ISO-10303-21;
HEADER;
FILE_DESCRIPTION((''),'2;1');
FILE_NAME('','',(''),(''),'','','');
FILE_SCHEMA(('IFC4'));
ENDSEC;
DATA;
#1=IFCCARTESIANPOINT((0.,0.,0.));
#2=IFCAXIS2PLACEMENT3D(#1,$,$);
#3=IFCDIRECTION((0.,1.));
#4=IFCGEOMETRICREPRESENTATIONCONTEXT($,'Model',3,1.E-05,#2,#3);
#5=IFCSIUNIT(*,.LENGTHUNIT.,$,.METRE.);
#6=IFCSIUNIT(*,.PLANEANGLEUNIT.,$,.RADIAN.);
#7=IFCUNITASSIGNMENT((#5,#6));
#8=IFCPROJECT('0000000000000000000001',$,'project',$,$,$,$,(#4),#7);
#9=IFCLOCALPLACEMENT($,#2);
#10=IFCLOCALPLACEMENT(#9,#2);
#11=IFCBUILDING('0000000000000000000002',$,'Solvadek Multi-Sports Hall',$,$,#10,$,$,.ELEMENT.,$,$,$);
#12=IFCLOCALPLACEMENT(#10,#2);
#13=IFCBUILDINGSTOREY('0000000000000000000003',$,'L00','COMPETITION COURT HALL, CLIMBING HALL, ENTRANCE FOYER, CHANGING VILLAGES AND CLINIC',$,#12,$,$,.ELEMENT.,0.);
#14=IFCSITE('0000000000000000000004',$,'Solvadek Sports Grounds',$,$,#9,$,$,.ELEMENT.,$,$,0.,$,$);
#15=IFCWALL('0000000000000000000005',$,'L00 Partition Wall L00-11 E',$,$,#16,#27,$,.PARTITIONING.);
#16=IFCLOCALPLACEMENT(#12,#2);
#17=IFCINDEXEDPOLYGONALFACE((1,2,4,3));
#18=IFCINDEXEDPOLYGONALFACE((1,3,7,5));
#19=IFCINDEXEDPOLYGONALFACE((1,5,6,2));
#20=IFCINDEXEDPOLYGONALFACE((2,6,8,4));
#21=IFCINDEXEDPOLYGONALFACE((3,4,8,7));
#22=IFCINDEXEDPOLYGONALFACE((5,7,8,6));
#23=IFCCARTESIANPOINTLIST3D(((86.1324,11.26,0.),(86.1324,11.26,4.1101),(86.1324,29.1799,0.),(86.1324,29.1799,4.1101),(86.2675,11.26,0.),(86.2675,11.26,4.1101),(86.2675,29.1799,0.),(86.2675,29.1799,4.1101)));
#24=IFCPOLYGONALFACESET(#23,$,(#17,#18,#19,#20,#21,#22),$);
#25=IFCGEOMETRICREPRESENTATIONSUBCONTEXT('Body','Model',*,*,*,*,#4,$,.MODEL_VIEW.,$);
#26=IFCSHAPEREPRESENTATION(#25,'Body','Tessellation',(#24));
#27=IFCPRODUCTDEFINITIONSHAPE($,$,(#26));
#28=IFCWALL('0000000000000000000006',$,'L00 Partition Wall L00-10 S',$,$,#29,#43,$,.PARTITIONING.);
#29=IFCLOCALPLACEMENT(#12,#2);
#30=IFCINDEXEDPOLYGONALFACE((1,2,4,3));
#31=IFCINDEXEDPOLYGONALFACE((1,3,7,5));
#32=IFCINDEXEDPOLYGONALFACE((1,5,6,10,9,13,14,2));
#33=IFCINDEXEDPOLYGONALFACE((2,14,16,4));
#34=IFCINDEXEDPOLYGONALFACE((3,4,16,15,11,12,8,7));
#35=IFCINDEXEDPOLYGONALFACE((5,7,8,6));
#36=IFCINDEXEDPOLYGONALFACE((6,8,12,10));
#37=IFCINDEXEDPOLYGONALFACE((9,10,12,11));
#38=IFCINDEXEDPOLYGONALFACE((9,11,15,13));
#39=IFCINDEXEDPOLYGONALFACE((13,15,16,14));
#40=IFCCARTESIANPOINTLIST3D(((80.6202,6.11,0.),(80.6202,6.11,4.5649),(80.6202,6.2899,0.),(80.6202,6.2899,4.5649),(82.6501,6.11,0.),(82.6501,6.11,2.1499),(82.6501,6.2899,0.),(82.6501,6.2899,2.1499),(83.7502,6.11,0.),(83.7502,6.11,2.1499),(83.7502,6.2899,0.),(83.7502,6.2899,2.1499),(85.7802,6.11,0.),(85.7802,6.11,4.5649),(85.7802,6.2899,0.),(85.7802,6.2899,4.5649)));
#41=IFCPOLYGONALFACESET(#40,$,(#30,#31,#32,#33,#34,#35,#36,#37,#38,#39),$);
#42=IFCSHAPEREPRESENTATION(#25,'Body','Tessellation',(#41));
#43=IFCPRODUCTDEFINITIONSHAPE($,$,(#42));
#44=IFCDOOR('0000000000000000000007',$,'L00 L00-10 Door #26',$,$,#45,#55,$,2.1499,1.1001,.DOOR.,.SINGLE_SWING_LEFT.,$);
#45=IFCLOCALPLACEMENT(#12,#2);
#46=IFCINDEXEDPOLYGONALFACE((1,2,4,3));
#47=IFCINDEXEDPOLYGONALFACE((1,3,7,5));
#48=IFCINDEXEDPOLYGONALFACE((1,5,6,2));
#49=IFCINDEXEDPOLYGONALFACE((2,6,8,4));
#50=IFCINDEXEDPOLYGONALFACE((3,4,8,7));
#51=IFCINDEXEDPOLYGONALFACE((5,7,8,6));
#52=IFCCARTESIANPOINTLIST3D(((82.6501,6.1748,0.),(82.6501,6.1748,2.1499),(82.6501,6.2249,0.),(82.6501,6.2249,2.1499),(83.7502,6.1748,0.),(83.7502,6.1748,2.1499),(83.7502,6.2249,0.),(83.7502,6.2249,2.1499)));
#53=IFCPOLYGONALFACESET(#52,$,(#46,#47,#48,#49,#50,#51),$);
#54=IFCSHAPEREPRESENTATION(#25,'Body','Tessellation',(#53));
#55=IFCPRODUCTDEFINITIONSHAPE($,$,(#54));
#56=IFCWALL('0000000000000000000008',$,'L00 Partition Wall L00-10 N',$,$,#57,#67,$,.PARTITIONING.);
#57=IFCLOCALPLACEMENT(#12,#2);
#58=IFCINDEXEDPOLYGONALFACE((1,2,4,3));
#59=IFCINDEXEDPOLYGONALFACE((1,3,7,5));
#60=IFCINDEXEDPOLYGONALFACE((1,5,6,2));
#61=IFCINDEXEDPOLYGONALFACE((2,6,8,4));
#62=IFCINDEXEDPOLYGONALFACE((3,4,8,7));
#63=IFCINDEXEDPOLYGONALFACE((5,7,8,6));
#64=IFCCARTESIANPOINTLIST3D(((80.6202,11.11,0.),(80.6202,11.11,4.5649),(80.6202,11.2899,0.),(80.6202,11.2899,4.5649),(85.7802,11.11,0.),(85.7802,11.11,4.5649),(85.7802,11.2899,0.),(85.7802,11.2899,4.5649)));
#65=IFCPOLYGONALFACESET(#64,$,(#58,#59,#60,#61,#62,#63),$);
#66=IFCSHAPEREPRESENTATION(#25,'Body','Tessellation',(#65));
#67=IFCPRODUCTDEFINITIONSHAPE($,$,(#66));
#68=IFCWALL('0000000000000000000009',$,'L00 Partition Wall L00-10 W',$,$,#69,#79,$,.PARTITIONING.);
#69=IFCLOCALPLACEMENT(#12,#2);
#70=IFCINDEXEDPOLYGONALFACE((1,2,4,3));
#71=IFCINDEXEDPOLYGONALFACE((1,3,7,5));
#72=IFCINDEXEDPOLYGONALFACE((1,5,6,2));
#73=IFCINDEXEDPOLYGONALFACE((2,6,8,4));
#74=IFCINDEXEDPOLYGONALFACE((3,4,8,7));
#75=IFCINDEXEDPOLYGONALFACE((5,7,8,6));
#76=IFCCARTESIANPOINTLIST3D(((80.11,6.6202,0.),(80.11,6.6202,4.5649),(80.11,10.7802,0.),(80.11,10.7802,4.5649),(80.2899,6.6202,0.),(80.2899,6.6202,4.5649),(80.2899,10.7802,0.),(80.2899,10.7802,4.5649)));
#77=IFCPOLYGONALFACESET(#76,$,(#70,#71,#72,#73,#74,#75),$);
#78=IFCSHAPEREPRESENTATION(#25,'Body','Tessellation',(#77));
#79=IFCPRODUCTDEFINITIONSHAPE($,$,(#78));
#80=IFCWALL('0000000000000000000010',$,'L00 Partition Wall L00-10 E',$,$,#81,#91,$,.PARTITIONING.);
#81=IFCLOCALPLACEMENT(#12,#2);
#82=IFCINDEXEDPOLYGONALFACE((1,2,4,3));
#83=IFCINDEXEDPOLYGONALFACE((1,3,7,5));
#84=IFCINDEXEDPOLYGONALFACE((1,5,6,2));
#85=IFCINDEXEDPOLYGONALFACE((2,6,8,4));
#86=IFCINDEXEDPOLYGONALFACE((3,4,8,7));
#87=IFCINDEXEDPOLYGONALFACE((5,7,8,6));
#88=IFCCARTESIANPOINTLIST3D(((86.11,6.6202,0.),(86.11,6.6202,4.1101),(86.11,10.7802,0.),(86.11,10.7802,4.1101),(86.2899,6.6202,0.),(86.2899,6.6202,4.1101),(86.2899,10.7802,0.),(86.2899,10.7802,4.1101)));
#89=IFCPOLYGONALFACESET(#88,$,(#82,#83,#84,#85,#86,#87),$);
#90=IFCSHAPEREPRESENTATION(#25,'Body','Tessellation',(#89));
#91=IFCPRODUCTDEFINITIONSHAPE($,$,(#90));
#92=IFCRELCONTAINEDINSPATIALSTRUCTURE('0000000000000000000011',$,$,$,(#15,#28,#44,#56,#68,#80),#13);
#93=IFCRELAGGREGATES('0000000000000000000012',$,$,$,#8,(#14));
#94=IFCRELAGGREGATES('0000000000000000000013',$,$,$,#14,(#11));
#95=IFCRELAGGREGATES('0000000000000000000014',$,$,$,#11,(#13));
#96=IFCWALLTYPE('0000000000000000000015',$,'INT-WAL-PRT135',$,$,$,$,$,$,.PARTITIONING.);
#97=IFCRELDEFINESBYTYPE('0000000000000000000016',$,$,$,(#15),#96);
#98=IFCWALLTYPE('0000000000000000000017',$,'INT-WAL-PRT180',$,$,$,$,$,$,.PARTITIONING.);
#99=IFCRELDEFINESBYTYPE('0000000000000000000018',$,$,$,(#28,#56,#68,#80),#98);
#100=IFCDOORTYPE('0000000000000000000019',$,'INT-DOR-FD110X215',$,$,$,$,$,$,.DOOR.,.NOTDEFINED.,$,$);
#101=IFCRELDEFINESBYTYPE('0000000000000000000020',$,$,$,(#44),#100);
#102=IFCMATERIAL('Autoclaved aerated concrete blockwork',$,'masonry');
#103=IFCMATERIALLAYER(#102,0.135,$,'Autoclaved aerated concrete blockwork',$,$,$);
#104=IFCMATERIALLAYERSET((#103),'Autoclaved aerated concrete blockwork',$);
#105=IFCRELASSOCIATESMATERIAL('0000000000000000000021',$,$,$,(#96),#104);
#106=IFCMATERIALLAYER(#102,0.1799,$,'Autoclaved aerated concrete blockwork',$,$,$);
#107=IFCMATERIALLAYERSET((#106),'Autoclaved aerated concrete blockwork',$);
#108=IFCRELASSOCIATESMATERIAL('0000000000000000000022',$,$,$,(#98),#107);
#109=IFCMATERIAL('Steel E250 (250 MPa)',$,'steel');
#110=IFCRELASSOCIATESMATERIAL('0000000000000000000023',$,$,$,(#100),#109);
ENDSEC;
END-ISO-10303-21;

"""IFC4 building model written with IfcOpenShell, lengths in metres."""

from ifc_helpers import new_model, si_unit, direction, frame, frame_2d, origin, place, context, subcontext, project, spatial, rectangle, extrude, material, layer, layer_set, type_object, element, fill, save


model = new_model("IFC4")

# Units and contexts
model_context = context("Model", 3, precision=1e-05, world=origin(), true_north=direction((0.0, 1.0)))
body_context = subcontext(model_context, "Body", "Model", "MODEL_VIEW")
ifc_project = project(units=[si_unit("LENGTHUNIT", "METRE"), si_unit("PLANEANGLEUNIT", "RADIAN")], contexts=[model_context])

# Site, building, storey
site_placement = place(None, origin())
site = spatial("IfcSite", under=ifc_project, at=site_placement, Name="Solvadek Sports Grounds", CompositionType="ELEMENT", RefElevation=0.0)
building_placement = place(site_placement, origin())
building = spatial("IfcBuilding", under=site, at=building_placement, Name="Solvadek Multi-Sports Hall", CompositionType="ELEMENT")
storey_placement = place(building_placement, origin())
storey = spatial("IfcBuildingStorey", under=building, at=storey_placement, Name="L00", Description="COMPETITION COURT HALL, CLIMBING HALL, ENTRANCE FOYER, CHANGING VILLAGES AND CLINIC", CompositionType="ELEMENT", Elevation=0.0)

# Shared definitions
ifc_material_1 = material(Name="Steel E250 (250 MPa)", Category="steel")

# Wall
ifc_material_2 = material(Name="Autoclaved aerated concrete blockwork", Category="masonry")
ifc_layer_1 = layer(ifc_material_2, 0.135, Name="Autoclaved aerated concrete blockwork")
ifc_layer_set_1 = layer_set([ifc_layer_1], Name="Autoclaved aerated concrete blockwork")
wall_type_1 = type_object("IfcWallType", Name="INT-WAL-PRT135", PredefinedType="PARTITIONING", material=ifc_layer_set_1)
wall_1_placement = place(storey_placement, frame((86.2, 11.26, 0.0), z_axis=(0.0, 0.0, 1.0), x_axis=(0.0, 1.0, 0.0)))
element("IfcWall", 1, at=wall_1_placement, inside=storey, type_object=wall_type_1, Name="L00 Partition Wall L00-11 E", PredefinedType="PARTITIONING", context=body_context, shape_type="SweptSolid", body=[
    extrude(rectangle(XDim=17.9199, YDim=0.135, at=frame_2d((8.96, 0.0))), origin(), (0.0, 0.0, 1.0), 4.1101),
])

# Wall, opening, door
ifc_layer_2 = layer(ifc_material_2, 0.1799, Name="Autoclaved aerated concrete blockwork")
ifc_layer_set_2 = layer_set([ifc_layer_2], Name="Autoclaved aerated concrete blockwork")
wall_type_2 = type_object("IfcWallType", Name="INT-WAL-PRT180", PredefinedType="PARTITIONING", material=ifc_layer_set_2)
wall_2_placement = place(storey_placement, frame((80.6201, 6.2, 0.0), z_axis=(0.0, 0.0, 1.0), x_axis=(1.0, 0.0, 0.0)))
wall_2 = element("IfcWall", 2, at=wall_2_placement, inside=storey, type_object=wall_type_2, Name="L00 Partition Wall L00-10 S", PredefinedType="PARTITIONING", context=body_context, shape_type="SweptSolid", body=[
    extrude(rectangle(XDim=5.1599, YDim=0.1799, at=frame_2d((2.5801, 0.0))), origin(), (0.0, 0.0, 1.0), 4.5649),
])
opening_placement = place(wall_2_placement, frame((2.03, 0.0, 0.0)))
opening = element("IfcOpeningElement", 3, at=opening_placement, cuts=wall_2, PredefinedType="OPENING", context=body_context, shape_type="SweptSolid", body=[
    extrude(rectangle(XDim=1.1001, YDim=2.1499, at=frame_2d((0.55, 1.075))), frame((0.0, 0.0999, 0.0), z_axis=(0.0, -1.0, 0.0), x_axis=(1.0, 0.0, 0.0)), (0.0, 0.0, 1.0), 0.2),
])
door_type = type_object("IfcDoorType", Name="INT-DOR-FD110X215", OperationType="NOTDEFINED", PredefinedType="DOOR", material=ifc_material_1)
door_placement = place(opening_placement, origin())
door = element("IfcDoor", 4, at=door_placement, inside=storey, type_object=door_type, Name="L00 L00-10 Door #26", OperationType="SINGLE_SWING_LEFT", OverallHeight=2.1499, OverallWidth=1.1001, PredefinedType="DOOR", context=body_context, shape_type="SweptSolid", body=[
    extrude(rectangle(XDim=1.1001, YDim=2.1499, at=frame_2d((0.55, 1.075))), frame((0.0, 0.0249, 0.0), z_axis=(0.0, -1.0, 0.0), x_axis=(1.0, 0.0, 0.0)), (0.0, 0.0, 1.0), 0.05),
])
fill(opening, door)

# Walls
wall_3_placement = place(storey_placement, frame((80.6201, 11.2, 0.0), z_axis=(0.0, 0.0, 1.0), x_axis=(1.0, 0.0, 0.0)))
element("IfcWall", 5, at=wall_3_placement, inside=storey, type_object=wall_type_2, Name="L00 Partition Wall L00-10 N", PredefinedType="PARTITIONING", context=body_context, shape_type="SweptSolid", body=[
    extrude(rectangle(XDim=5.1599, YDim=0.1799, at=frame_2d((2.5801, 0.0))), origin(), (0.0, 0.0, 1.0), 4.5649),
])
wall_4_placement = place(storey_placement, frame((80.2, 6.6201, 0.0), z_axis=(0.0, 0.0, 1.0), x_axis=(0.0, 1.0, 0.0)))
element("IfcWall", 6, at=wall_4_placement, inside=storey, type_object=wall_type_2, Name="L00 Partition Wall L00-10 W", PredefinedType="PARTITIONING", context=body_context, shape_type="SweptSolid", body=[
    extrude(rectangle(XDim=4.1599, YDim=0.1799, at=frame_2d((2.0801, 0.0))), origin(), (0.0, 0.0, 1.0), 4.5649),
])
wall_5_placement = place(storey_placement, frame((86.2, 6.6201, 0.0), z_axis=(0.0, 0.0, 1.0), x_axis=(0.0, 1.0, 0.0)))
element("IfcWall", 7, at=wall_5_placement, inside=storey, type_object=wall_type_2, Name="L00 Partition Wall L00-10 E", PredefinedType="PARTITIONING", context=body_context, shape_type="SweptSolid", body=[
    extrude(rectangle(XDim=4.1599, YDim=0.1799, at=frame_2d((2.0801, 0.0))), origin(), (0.0, 0.0, 1.0), 4.1101),
])

save(model, "model.ifc")
